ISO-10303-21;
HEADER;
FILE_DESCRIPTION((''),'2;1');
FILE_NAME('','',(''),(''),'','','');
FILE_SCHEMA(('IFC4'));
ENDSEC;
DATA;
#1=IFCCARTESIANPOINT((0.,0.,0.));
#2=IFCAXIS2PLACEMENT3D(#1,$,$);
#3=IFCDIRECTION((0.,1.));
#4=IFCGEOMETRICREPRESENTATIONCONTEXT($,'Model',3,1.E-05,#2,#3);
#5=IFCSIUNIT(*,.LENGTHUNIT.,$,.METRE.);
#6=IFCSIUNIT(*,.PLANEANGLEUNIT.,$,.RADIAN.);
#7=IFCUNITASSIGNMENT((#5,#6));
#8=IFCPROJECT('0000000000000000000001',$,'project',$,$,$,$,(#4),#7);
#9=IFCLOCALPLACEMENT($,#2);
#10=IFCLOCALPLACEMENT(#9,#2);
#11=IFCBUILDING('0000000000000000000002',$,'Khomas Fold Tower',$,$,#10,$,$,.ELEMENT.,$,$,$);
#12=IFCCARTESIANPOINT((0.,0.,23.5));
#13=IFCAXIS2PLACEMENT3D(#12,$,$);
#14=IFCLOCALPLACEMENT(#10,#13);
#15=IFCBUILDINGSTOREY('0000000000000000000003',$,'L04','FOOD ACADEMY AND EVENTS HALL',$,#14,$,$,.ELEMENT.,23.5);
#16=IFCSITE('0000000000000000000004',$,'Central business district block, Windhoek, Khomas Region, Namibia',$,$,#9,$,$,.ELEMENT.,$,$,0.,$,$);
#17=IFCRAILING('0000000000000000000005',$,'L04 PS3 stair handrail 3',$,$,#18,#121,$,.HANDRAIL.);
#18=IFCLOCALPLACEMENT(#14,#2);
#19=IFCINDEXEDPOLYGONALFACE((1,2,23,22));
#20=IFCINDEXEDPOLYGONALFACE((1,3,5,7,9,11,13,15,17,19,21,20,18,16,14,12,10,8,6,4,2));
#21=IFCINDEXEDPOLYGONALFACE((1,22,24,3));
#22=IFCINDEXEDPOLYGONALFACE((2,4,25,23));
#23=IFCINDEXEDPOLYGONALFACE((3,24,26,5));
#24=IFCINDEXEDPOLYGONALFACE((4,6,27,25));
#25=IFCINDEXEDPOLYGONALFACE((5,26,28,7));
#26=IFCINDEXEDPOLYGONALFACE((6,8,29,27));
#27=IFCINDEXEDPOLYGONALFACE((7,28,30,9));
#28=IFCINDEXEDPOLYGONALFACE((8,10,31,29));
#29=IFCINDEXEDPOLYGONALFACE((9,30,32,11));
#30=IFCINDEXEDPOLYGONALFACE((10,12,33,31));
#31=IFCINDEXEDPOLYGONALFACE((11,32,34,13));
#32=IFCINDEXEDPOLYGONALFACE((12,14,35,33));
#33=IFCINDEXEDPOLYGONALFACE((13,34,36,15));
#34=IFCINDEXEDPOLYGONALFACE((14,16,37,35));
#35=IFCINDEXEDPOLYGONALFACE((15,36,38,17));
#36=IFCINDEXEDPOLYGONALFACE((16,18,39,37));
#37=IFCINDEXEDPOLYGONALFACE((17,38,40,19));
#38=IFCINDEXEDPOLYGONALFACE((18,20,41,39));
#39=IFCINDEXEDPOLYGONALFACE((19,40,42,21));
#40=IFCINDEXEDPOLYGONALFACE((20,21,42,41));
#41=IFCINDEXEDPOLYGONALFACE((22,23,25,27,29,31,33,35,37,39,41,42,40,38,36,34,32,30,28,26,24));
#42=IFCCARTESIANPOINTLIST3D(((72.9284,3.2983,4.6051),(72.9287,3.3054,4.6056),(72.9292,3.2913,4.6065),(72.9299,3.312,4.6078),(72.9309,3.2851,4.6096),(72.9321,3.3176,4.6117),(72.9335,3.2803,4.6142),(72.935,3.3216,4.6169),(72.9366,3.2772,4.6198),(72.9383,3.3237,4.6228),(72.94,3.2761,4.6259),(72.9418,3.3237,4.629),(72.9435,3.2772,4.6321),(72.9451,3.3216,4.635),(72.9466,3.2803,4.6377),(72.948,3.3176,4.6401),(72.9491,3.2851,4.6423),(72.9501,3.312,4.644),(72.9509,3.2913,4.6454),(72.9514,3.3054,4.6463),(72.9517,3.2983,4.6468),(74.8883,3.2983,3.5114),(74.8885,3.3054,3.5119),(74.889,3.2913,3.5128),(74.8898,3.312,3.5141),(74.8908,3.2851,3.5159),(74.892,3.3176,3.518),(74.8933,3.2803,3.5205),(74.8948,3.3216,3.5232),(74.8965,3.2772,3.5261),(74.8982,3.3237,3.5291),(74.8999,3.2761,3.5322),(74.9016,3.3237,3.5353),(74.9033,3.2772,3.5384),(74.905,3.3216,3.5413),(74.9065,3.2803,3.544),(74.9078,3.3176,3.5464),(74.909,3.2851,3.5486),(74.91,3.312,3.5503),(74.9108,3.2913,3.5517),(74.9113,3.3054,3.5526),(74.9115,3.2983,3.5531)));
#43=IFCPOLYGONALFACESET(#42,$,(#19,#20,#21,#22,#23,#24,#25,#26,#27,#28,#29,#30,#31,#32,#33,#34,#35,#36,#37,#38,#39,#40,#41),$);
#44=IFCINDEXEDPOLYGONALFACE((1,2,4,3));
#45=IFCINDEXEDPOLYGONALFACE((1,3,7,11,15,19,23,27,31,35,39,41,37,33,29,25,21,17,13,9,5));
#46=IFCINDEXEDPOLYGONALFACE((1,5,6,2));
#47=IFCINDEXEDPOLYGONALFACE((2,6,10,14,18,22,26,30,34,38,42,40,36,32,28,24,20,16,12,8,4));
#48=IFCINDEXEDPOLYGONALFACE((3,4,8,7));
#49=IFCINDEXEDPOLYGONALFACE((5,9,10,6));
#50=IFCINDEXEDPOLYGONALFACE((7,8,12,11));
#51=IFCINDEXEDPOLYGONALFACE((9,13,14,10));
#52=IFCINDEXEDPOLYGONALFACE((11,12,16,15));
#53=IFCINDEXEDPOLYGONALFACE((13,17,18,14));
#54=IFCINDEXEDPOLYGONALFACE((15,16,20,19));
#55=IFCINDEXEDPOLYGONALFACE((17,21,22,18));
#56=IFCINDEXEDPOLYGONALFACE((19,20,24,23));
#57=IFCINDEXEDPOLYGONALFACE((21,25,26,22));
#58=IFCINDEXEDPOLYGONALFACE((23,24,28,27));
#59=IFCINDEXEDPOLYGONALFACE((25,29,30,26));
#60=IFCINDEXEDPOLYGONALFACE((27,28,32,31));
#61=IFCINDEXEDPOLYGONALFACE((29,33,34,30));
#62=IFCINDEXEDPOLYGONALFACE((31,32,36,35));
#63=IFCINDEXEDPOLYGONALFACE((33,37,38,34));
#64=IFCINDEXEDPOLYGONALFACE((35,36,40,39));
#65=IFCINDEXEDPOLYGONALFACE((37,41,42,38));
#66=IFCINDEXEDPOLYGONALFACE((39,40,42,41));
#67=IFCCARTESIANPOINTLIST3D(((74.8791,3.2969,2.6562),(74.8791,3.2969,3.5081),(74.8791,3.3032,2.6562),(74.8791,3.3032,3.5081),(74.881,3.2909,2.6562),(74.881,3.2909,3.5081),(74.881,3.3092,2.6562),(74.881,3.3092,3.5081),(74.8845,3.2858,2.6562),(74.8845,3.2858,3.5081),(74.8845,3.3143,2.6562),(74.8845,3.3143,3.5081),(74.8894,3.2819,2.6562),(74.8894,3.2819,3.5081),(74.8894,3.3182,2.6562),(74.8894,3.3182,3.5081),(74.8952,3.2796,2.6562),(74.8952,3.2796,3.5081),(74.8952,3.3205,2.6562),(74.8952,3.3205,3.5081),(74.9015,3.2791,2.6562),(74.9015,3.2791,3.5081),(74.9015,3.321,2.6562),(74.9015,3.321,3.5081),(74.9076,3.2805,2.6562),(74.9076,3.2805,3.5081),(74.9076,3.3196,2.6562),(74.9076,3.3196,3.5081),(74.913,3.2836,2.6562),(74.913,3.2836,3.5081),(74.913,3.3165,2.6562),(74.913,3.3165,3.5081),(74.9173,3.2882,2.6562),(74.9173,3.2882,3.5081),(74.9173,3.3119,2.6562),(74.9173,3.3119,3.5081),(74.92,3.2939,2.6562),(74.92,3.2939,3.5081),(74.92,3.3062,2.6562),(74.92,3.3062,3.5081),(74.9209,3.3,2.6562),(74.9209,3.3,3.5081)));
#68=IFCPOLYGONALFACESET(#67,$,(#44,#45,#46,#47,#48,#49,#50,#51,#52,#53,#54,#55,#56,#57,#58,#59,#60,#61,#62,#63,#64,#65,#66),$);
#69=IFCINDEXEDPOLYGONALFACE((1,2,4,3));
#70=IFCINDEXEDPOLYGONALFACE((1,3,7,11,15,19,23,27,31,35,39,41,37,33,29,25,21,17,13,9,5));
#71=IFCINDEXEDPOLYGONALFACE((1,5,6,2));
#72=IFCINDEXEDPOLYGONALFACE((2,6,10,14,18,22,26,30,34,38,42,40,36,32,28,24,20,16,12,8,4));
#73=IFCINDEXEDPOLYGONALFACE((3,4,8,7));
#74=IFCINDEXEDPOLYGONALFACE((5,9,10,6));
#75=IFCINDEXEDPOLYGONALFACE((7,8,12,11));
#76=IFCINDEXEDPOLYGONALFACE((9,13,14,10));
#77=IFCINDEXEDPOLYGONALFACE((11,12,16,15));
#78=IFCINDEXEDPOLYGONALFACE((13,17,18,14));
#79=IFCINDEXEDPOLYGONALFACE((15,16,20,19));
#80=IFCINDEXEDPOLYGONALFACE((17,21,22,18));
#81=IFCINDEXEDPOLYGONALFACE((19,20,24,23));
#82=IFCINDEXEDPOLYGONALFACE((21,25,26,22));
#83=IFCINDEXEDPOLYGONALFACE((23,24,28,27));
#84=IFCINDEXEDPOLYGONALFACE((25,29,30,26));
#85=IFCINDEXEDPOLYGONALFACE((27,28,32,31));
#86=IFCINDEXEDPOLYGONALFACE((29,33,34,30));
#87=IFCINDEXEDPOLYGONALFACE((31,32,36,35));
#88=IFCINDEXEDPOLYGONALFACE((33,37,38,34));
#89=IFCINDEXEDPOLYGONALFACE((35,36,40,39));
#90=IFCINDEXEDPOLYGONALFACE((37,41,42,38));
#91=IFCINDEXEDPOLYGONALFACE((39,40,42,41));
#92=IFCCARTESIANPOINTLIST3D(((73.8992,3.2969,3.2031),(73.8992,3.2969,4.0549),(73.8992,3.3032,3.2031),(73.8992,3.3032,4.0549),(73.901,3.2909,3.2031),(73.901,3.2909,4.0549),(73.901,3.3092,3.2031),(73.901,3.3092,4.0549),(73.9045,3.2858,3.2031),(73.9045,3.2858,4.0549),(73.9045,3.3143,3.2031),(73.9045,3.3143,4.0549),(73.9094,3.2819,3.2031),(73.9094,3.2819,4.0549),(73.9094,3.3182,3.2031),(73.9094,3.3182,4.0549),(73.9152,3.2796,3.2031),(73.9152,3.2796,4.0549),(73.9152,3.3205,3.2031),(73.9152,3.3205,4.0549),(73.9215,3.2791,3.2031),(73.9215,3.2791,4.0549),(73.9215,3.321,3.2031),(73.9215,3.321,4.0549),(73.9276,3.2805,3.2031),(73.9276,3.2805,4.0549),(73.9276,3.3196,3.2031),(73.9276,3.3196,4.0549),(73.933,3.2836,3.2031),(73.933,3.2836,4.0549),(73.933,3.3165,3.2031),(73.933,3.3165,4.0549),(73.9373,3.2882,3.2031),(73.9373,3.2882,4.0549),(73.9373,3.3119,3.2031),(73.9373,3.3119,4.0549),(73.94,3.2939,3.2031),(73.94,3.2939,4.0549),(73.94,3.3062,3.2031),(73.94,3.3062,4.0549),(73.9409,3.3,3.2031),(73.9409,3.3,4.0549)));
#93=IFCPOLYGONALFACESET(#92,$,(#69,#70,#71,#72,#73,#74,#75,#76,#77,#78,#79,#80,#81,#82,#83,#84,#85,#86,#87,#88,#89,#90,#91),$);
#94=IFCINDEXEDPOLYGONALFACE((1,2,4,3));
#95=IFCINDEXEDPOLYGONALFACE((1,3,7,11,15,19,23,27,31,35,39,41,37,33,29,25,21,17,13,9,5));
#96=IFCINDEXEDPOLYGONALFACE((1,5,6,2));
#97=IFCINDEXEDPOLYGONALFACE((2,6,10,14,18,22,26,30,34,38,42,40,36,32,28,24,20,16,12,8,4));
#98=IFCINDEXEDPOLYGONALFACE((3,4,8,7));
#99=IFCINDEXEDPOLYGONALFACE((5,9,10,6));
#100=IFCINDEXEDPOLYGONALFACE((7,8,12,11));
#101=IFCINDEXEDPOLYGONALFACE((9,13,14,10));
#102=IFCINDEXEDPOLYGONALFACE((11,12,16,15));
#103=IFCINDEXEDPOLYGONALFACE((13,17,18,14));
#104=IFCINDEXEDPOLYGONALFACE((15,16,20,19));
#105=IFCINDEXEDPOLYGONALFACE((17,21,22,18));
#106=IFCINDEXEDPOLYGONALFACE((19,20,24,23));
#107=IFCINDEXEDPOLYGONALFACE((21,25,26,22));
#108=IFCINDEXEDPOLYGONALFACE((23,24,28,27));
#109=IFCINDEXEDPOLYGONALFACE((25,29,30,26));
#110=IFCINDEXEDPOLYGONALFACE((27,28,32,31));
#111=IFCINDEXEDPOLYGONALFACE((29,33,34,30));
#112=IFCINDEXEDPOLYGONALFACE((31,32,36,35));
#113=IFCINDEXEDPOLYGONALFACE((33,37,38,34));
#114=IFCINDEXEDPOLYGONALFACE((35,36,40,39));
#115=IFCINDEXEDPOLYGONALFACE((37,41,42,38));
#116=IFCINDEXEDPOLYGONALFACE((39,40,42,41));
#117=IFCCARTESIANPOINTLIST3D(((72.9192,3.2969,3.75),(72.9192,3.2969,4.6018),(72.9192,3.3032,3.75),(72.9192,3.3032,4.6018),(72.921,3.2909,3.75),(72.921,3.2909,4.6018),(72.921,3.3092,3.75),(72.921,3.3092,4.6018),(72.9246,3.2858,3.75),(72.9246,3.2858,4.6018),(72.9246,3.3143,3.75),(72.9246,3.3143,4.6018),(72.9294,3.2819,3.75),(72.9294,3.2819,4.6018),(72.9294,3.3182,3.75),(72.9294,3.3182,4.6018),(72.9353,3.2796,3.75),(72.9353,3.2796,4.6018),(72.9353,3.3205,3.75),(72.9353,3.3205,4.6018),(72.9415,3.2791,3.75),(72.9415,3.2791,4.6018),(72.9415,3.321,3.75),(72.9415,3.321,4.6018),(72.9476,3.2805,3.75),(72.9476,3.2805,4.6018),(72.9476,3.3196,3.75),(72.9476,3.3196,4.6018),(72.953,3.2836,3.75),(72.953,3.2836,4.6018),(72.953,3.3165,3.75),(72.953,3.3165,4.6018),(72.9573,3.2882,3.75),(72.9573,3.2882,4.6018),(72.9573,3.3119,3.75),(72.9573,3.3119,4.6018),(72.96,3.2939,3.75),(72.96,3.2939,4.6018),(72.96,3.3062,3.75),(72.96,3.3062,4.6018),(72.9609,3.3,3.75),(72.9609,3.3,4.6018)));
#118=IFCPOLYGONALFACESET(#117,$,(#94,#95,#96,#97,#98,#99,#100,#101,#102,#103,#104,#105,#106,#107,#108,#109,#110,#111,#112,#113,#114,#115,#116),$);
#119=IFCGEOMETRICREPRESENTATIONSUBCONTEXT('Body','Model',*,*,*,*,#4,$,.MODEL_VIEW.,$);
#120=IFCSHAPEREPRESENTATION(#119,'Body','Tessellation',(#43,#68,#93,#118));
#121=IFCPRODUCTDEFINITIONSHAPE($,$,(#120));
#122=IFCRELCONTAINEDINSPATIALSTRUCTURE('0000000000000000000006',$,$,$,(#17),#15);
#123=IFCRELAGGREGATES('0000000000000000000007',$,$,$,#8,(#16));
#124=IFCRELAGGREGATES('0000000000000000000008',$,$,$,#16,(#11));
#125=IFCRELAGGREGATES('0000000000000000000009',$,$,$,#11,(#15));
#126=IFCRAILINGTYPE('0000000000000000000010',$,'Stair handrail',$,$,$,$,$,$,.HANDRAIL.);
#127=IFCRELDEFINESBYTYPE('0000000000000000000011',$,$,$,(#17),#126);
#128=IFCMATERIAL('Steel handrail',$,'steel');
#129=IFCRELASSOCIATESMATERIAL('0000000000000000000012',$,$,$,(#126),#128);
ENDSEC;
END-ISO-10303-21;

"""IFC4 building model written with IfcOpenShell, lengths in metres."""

from ifc_helpers import new_model, si_unit, direction, frame, origin, origin_2d, place, context, subcontext, project, spatial, circle, extrude, source, transform, mapped, material, type_object, element, save


model = new_model("IFC4")

# Units and contexts
model_context = context("Model", 3, precision=1e-05, world=origin(), true_north=direction((0.0, 1.0)))
body_context = subcontext(model_context, "Body", "Model", "MODEL_VIEW")
ifc_project = project(units=[si_unit("LENGTHUNIT", "METRE"), si_unit("PLANEANGLEUNIT", "RADIAN")], contexts=[model_context])

# Site, building, storey
site_placement = place(None, origin())
site = spatial("IfcSite", under=ifc_project, at=site_placement, Name="Central business district block, Windhoek, Khomas Region, Namibia", CompositionType="ELEMENT", RefElevation=0.0)
building_placement = place(site_placement, origin())
building = spatial("IfcBuilding", under=site, at=building_placement, Name="Khomas Fold Tower", CompositionType="ELEMENT")
storey_placement = place(building_placement, frame((0.0, 0.0, 23.5)))
storey = spatial("IfcBuildingStorey", under=building, at=storey_placement, Name="L04", Description="FOOD ACADEMY AND EVENTS HALL", CompositionType="ELEMENT", Elevation=23.5)

# Railing
ifc_material_1 = material(Name="Steel handrail", Category="steel")
railing_type_1 = type_object("IfcRailingType", Name="Stair handrail", PredefinedType="HANDRAIL", material=ifc_material_1)
shared_shape_1 = source(origin(), body_context, "Body", "SweptSolid", [
    extrude(circle(Radius=0.0239, at=origin_2d()), frame((0.0, 0.0, 0.876), z_axis=(-0.873232, 0.0, 0.487304), x_axis=(0.0, -1.0, 0.0)), (0.0, 0.0, 1.0), 2.2444),
    extrude(circle(Radius=0.021, at=origin_2d()), origin(), (0.0, 0.0, 1.0), 0.8518),
    extrude(circle(Radius=0.021, at=origin_2d()), frame((-0.98, 0.0, 0.5469)), (0.0, 0.0, 1.0), 0.8518),
    extrude(circle(Radius=0.021, at=origin_2d()), frame((-1.96, 0.0, 1.0938)), (0.0, 0.0, 1.0), 0.8518),
])
for number, where, name in (
    (1, (74.8999, 3.3, 2.6562), "L04 PS3 stair handrail 3"),
):
    element("IfcRailing", number, at=place(storey_placement, frame(where)), inside=storey, type_object=railing_type_1, Name=name, PredefinedType="HANDRAIL", context=body_context, shape_type="MappedRepresentation", body=[
        mapped(shared_shape_1, transform((0.0, 0.0, 0.0))),
    ])

save(model, "model.ifc")
